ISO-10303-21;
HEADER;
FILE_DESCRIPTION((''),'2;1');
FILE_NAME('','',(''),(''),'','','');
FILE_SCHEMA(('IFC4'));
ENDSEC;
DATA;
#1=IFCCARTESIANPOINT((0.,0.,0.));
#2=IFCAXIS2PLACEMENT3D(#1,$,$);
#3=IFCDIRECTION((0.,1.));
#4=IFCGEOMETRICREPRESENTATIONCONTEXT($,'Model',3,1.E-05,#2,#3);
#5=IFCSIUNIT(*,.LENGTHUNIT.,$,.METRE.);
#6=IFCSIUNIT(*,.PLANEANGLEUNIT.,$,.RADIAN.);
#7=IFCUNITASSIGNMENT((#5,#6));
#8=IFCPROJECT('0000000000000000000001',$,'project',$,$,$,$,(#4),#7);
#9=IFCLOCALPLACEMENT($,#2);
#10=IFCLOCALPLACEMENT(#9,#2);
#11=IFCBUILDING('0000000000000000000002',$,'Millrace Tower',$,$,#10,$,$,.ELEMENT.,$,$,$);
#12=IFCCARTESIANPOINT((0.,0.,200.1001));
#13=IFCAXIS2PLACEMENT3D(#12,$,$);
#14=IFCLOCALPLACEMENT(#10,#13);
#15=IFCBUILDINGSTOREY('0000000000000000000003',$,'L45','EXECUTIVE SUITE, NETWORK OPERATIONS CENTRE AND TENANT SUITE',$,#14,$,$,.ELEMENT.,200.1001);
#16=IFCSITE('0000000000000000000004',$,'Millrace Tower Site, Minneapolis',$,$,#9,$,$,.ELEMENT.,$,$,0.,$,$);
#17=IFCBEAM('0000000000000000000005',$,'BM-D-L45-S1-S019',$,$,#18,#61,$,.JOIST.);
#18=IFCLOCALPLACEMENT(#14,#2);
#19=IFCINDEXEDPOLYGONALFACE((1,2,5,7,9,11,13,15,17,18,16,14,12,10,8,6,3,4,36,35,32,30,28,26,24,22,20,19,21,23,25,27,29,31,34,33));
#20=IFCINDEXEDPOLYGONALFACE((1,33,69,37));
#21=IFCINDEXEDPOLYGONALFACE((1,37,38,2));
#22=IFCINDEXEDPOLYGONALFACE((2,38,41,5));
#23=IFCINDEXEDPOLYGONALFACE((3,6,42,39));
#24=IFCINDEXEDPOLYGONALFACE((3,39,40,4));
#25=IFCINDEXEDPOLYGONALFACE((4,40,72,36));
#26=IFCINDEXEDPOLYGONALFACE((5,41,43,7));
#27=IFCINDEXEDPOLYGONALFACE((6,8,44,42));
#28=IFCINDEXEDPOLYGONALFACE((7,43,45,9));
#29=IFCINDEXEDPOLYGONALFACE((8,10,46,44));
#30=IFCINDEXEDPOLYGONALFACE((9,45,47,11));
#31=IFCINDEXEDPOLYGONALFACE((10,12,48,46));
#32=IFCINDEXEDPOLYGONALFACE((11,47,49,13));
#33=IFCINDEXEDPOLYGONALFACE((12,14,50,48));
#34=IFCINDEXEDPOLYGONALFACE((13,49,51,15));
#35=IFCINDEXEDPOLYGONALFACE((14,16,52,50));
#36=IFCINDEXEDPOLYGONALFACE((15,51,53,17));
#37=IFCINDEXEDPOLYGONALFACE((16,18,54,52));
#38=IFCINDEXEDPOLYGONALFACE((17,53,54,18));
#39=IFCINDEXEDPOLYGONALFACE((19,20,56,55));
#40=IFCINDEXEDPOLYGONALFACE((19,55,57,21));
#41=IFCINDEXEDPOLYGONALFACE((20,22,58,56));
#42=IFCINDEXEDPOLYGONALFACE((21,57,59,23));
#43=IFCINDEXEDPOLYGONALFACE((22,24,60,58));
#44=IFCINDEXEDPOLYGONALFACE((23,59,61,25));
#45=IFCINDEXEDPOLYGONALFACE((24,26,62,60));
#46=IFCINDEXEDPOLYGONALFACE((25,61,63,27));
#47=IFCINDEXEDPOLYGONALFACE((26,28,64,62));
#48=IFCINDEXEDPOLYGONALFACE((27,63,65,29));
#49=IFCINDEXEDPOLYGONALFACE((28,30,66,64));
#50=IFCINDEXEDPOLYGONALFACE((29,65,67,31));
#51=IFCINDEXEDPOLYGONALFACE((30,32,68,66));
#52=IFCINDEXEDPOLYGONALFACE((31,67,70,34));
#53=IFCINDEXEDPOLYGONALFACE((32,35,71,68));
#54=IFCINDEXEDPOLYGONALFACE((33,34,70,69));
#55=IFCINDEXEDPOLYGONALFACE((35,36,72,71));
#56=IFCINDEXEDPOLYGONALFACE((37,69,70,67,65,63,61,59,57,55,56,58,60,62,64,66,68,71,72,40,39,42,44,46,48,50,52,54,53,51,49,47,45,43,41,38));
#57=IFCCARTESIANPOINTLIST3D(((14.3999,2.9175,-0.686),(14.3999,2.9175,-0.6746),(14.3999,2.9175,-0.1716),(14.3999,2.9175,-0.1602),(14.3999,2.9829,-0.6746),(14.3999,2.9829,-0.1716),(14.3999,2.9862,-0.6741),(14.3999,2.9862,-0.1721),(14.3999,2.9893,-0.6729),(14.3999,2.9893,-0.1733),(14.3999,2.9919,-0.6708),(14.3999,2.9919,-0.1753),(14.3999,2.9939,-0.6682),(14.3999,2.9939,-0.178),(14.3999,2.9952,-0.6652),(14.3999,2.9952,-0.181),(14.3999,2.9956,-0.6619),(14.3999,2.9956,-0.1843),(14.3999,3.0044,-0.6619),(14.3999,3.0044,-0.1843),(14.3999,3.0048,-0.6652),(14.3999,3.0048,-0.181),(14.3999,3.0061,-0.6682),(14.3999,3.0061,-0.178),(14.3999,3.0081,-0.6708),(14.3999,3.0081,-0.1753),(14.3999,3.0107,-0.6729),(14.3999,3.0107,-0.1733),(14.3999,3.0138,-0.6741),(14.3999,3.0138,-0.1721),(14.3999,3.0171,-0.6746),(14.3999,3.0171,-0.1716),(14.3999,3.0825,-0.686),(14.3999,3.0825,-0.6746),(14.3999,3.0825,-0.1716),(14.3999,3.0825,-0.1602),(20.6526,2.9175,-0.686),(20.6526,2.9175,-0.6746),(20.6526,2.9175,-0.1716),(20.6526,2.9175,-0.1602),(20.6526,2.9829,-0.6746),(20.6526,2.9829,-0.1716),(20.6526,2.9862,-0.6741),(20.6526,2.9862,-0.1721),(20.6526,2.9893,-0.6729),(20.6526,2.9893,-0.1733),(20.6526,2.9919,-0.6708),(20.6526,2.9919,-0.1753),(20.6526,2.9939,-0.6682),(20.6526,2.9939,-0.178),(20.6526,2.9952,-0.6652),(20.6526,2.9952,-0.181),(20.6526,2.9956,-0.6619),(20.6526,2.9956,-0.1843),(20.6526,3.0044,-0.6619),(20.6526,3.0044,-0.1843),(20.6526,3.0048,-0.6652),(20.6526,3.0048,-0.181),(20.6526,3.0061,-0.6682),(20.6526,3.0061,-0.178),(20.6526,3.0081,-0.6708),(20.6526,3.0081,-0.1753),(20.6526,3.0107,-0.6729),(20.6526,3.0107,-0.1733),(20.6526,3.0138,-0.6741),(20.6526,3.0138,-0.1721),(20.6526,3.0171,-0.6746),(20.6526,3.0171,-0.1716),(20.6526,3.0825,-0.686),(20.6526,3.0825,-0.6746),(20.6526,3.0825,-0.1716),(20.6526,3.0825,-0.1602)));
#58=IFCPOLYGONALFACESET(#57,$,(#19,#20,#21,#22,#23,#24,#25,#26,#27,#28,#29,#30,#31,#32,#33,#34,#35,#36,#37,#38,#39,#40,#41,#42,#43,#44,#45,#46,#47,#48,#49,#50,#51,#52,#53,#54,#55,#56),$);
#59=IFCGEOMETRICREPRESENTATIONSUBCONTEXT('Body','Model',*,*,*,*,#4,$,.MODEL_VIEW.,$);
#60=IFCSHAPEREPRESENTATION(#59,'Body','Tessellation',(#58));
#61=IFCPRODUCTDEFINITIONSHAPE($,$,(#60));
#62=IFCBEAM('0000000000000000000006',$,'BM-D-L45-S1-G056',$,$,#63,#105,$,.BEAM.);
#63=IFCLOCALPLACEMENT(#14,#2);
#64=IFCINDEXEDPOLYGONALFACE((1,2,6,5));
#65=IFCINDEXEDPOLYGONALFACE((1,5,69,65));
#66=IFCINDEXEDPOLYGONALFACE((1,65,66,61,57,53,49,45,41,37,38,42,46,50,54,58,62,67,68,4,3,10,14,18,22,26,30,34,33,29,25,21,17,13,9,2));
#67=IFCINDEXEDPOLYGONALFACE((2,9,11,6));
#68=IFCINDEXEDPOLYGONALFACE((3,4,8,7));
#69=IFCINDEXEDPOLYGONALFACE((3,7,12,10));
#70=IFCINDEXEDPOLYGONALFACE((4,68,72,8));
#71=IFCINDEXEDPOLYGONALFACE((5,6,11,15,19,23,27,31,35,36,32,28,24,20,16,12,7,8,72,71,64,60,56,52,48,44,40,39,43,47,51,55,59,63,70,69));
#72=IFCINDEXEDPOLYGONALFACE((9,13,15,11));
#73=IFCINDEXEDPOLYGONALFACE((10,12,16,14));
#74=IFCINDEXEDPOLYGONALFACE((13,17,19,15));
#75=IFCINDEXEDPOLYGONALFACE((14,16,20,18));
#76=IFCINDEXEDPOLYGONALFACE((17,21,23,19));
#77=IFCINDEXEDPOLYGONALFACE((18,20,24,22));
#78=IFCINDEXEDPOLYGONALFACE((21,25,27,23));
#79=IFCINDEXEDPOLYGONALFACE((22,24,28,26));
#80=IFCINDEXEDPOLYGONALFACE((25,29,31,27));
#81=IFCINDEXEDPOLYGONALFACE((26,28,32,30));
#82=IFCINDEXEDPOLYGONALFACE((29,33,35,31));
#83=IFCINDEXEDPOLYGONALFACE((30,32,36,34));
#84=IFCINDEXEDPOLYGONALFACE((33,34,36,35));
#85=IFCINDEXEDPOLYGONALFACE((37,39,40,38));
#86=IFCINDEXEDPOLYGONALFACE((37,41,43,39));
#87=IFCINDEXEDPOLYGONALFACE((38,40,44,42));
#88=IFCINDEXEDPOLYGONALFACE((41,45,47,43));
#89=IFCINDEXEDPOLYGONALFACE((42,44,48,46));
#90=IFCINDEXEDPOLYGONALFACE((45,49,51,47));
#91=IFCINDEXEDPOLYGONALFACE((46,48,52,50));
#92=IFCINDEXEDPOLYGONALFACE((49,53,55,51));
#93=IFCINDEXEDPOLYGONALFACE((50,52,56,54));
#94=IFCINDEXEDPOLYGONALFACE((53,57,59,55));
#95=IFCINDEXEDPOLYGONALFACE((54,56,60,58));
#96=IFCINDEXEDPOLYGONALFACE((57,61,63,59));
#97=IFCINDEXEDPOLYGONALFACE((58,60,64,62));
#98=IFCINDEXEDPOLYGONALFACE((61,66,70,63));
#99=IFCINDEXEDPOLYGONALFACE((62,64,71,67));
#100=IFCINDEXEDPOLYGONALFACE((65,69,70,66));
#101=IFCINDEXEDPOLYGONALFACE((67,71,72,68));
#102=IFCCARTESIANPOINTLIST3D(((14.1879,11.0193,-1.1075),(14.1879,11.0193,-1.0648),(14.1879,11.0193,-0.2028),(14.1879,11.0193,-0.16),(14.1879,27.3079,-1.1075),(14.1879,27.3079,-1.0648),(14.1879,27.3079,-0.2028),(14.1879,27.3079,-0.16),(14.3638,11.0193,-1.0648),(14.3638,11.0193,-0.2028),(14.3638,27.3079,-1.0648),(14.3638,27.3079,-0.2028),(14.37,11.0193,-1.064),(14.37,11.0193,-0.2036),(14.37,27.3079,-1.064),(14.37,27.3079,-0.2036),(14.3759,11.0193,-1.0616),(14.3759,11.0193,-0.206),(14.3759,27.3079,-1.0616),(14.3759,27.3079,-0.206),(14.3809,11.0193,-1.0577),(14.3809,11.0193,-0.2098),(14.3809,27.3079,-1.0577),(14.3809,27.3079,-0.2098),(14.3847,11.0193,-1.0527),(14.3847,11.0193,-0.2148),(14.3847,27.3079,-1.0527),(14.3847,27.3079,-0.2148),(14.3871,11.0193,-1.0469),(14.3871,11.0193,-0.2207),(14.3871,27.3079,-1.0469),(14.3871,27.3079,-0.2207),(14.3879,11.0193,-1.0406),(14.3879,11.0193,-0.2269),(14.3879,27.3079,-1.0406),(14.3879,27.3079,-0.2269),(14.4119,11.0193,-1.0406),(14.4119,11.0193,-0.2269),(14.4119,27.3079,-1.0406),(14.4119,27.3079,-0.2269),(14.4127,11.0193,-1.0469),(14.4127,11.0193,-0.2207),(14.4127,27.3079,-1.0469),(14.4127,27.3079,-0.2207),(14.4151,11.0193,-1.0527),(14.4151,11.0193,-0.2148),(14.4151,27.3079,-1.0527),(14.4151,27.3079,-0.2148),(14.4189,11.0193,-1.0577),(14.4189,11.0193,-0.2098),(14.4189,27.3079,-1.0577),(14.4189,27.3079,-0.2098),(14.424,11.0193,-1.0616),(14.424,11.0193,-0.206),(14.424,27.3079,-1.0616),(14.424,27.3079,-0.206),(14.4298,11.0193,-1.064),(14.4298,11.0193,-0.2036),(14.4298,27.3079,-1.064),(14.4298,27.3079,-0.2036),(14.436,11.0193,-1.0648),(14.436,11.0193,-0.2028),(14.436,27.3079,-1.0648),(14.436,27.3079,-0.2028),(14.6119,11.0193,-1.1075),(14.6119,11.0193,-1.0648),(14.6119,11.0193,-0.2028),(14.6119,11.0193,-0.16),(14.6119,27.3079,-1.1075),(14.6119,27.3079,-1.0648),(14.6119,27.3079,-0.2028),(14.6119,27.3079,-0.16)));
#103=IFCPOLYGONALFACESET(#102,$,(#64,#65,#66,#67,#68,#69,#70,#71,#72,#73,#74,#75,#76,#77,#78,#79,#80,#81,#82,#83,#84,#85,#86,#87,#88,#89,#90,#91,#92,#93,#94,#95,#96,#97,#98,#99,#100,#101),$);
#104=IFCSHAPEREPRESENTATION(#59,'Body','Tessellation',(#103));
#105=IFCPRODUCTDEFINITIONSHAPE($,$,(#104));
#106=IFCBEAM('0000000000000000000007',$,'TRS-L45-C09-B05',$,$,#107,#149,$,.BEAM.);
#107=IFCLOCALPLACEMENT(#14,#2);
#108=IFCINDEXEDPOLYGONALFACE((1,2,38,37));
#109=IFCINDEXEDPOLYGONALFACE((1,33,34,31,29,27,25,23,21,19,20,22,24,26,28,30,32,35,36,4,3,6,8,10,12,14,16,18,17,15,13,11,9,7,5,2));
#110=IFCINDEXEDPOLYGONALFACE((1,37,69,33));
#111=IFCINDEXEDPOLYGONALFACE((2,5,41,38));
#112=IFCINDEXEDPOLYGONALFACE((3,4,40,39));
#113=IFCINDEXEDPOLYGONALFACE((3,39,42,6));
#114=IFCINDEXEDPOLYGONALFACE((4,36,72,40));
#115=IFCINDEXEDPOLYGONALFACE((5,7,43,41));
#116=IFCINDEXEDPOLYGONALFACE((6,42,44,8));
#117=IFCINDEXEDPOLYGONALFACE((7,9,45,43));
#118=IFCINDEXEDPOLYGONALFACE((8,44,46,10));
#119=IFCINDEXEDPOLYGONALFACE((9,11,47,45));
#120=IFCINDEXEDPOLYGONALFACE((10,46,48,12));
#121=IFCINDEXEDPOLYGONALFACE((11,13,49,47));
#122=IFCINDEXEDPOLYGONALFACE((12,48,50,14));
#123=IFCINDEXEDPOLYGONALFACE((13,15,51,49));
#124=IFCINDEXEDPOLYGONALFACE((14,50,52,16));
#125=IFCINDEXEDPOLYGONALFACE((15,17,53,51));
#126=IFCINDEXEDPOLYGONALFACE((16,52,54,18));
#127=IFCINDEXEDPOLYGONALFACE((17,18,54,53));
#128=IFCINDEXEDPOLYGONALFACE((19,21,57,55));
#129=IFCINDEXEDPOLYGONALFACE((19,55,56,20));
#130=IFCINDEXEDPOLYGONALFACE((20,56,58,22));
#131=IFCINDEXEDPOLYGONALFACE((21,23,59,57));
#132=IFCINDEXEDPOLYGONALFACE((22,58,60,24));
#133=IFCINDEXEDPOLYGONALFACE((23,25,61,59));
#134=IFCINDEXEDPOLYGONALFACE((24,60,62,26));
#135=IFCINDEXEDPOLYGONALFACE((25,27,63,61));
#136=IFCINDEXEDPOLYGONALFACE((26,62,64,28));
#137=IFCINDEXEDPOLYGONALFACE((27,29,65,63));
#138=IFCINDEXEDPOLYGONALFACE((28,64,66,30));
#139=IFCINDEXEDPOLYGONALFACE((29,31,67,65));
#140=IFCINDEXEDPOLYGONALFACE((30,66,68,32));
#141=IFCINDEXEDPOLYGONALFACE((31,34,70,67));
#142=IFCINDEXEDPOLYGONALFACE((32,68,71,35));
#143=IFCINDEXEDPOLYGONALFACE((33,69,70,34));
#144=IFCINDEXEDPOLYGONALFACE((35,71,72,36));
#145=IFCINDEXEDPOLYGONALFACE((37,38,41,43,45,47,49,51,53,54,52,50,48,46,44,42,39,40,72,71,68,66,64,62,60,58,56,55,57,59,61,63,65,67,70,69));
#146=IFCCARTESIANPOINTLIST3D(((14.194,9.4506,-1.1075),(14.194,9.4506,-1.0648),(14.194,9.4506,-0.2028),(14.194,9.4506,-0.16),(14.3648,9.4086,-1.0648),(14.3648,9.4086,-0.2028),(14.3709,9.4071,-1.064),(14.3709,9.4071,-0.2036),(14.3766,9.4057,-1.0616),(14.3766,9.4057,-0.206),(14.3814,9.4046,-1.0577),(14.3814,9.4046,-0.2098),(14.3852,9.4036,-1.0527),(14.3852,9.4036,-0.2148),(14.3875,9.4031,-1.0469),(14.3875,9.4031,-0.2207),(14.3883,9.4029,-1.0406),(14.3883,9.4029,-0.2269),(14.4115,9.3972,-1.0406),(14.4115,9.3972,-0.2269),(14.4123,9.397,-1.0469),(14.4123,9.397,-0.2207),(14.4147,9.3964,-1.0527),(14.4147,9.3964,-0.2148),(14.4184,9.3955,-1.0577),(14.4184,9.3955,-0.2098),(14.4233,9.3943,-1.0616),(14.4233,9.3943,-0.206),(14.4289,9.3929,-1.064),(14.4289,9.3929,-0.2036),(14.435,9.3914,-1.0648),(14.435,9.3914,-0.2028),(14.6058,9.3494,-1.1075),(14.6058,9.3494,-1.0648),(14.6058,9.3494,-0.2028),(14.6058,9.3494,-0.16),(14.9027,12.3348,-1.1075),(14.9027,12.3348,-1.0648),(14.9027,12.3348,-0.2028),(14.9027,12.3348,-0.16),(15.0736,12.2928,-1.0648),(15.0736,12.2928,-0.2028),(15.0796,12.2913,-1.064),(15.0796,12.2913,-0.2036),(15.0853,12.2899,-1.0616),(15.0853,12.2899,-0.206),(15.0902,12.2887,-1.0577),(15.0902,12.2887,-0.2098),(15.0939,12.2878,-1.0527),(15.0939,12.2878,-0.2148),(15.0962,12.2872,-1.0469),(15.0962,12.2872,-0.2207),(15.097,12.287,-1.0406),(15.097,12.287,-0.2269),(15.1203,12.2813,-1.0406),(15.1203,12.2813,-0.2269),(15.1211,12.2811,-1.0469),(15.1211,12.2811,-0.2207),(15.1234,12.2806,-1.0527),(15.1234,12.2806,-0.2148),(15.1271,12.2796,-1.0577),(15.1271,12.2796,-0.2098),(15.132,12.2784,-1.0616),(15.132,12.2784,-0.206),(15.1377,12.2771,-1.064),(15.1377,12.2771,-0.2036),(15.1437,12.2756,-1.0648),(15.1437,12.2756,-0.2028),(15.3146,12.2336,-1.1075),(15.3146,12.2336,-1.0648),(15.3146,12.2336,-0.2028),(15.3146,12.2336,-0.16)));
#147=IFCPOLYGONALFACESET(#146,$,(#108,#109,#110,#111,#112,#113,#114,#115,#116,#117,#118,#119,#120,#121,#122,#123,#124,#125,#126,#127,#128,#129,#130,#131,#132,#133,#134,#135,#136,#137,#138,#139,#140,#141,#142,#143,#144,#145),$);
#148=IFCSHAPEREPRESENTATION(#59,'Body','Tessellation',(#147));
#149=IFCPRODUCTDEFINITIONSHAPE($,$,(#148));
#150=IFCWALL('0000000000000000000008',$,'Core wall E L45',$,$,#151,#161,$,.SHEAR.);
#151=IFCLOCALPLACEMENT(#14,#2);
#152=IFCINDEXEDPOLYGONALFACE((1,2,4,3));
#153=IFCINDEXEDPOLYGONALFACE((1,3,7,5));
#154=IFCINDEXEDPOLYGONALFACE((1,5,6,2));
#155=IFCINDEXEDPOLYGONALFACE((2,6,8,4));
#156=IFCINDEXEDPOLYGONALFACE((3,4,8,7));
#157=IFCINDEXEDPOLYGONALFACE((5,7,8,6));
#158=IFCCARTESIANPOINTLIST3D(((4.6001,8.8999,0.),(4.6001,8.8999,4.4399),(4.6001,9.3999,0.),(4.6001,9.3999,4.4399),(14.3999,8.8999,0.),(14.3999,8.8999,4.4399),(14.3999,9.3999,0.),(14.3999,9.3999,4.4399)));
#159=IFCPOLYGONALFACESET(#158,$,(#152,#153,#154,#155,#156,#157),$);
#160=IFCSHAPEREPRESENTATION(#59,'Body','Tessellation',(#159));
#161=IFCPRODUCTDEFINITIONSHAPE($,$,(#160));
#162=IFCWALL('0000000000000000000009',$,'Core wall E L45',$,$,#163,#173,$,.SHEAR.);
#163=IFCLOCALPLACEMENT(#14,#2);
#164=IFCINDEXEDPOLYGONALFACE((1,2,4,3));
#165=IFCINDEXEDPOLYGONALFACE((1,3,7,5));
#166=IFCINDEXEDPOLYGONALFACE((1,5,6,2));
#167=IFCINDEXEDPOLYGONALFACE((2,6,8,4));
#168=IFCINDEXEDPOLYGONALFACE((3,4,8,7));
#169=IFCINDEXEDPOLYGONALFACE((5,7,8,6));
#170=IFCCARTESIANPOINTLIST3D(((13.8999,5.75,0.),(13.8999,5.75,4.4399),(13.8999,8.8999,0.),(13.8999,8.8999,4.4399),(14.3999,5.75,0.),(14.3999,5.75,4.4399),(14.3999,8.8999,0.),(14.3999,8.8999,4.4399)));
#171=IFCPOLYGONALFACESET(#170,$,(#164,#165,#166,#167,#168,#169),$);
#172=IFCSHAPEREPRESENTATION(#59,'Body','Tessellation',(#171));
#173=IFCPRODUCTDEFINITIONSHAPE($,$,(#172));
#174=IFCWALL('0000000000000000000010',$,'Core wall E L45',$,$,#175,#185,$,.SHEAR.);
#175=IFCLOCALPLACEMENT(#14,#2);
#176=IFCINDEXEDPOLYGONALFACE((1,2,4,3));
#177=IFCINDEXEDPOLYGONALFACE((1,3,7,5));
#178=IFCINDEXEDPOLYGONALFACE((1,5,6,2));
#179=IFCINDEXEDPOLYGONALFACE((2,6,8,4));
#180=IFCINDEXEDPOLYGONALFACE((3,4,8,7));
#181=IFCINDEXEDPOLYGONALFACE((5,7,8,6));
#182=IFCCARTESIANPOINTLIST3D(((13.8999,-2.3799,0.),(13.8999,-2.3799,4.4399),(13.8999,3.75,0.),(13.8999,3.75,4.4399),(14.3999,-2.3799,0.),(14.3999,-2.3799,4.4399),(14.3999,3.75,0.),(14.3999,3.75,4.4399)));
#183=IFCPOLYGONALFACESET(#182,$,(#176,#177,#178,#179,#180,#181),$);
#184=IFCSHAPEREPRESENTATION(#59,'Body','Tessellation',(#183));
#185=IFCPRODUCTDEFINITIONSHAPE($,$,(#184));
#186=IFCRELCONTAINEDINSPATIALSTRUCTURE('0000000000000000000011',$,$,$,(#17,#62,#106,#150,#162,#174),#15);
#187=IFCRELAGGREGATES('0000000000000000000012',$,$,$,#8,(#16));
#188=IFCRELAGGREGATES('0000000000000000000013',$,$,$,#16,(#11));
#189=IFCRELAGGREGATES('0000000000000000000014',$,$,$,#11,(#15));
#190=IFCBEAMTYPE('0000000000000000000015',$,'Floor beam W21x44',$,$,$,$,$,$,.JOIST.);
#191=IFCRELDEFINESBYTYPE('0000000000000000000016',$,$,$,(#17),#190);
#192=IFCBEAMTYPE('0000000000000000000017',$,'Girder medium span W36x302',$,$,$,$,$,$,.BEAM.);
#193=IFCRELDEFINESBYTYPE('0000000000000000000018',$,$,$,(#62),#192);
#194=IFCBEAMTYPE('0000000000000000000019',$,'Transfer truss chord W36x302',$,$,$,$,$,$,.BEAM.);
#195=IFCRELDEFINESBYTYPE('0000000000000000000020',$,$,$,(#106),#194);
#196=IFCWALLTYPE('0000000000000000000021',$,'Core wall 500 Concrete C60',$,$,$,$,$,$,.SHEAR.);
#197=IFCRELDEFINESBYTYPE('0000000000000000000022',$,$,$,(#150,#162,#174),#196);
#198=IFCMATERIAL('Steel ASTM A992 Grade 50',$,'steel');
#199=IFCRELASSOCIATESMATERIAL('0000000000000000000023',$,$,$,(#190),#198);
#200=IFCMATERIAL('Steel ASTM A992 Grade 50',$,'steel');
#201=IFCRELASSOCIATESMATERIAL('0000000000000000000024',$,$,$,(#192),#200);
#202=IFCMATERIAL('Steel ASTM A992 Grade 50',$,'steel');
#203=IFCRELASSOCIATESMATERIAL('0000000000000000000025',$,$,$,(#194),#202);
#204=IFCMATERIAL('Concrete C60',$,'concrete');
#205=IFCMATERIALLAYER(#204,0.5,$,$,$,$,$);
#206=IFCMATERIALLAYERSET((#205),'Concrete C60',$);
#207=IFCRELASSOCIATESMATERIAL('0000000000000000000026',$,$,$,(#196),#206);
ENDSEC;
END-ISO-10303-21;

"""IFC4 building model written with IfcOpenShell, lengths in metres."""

from ifc_helpers import new_model, si_unit, direction, frame, frame_2d, origin, origin_2d, place, context, subcontext, project, spatial, rectangle, i_section, extrude, material, layer, layer_set, material_profile, profile_set, type_object, element, save


model = new_model("IFC4")

# Units and contexts
model_context = context("Model", 3, precision=1e-05, world=origin(), true_north=direction((0.0, 1.0)))
body_context = subcontext(model_context, "Body", "Model", "MODEL_VIEW")
ifc_project = project(units=[si_unit("LENGTHUNIT", "METRE"), si_unit("PLANEANGLEUNIT", "RADIAN")], contexts=[model_context])

# Site, building, storey
site_placement = place(None, origin())
site = spatial("IfcSite", under=ifc_project, at=site_placement, Name="Millrace Tower Site, Minneapolis", CompositionType="ELEMENT", RefElevation=0.0)
building_placement = place(site_placement, origin())
building = spatial("IfcBuilding", under=site, at=building_placement, Name="Millrace Tower", CompositionType="ELEMENT")
storey_placement = place(building_placement, frame((0.0, 0.0, 200.1001)))
storey = spatial("IfcBuildingStorey", under=building, at=storey_placement, Name="L45", Description="EXECUTIVE SUITE, NETWORK OPERATIONS CENTRE AND TENANT SUITE", CompositionType="ELEMENT", Elevation=200.1001)

# Beams
ifc_material_1 = material(Name="Steel ASTM A992 Grade 50", Category="steel")
ifc_material_profile_1 = material_profile(ifc_material_1, i_section(OverallWidth=0.165, OverallDepth=0.5259, WebThickness=0.0088, FlangeThickness=0.0115, FilletRadius=0.0127, at=origin_2d()))
ifc_profile_set_1 = profile_set([ifc_material_profile_1], Name="Steel ASTM A992 Grade 50")
beam_type_1 = type_object("IfcBeamType", Name="Floor beam W21x44", PredefinedType="JOIST", material=ifc_profile_set_1)
beam_1_placement = place(storey_placement, frame((14.3999, 3.0, -0.4231), z_axis=(1.0, 0.0, 0.0), x_axis=(0.0, 1.0, 0.0)))
element("IfcBeam", 1, at=beam_1_placement, inside=storey, type_object=beam_type_1, Name="BM-D-L45-S1-S019", PredefinedType="JOIST", context=body_context, shape_type="SweptSolid", body=[
    extrude(i_section(OverallWidth=0.165, OverallDepth=0.5259, WebThickness=0.0088, FlangeThickness=0.0115, FilletRadius=0.0127, at=origin_2d()), origin(), (0.0, 0.0, 1.0), 6.2527),
])
ifc_material_2 = material(Name="Steel ASTM A992 Grade 50", Category="steel")
ifc_material_profile_2 = material_profile(ifc_material_2, i_section(OverallWidth=0.4241, OverallDepth=0.9475, WebThickness=0.0239, FlangeThickness=0.0427, FilletRadius=0.0242, at=origin_2d()))
ifc_profile_set_2 = profile_set([ifc_material_profile_2], Name="Steel ASTM A992 Grade 50")
beam_type_2 = type_object("IfcBeamType", Name="Girder medium span W36x302", PredefinedType="BEAM", material=ifc_profile_set_2)
beam_2_placement = place(storey_placement, frame((14.3999, 11.0193, -0.6338), z_axis=(0.0, 1.0, 0.0), x_axis=(-1.0, 0.0, 0.0)))
element("IfcBeam", 2, at=beam_2_placement, inside=storey, type_object=beam_type_2, Name="BM-D-L45-S1-G056", PredefinedType="BEAM", context=body_context, shape_type="SweptSolid", body=[
    extrude(i_section(OverallWidth=0.4241, OverallDepth=0.9475, WebThickness=0.0239, FlangeThickness=0.0427, FilletRadius=0.0242, at=origin_2d()), origin(), (0.0, 0.0, 1.0), 16.2886),
])
ifc_material_3 = material(Name="Steel ASTM A992 Grade 50", Category="steel")
ifc_material_profile_3 = material_profile(ifc_material_3, i_section(OverallWidth=0.4241, OverallDepth=0.9475, WebThickness=0.0239, FlangeThickness=0.0427, FilletRadius=0.0242, at=origin_2d()))
ifc_profile_set_3 = profile_set([ifc_material_profile_3], Name="Steel ASTM A992 Grade 50")
beam_type_3 = type_object("IfcBeamType", Name="Transfer truss chord W36x302", PredefinedType="BEAM", material=ifc_profile_set_3)
beam_3_placement = place(storey_placement, frame((15.1086, 12.2842, -0.6338), z_axis=(-0.238627, -0.971111, 0.0), x_axis=(0.971111, -0.238627, 0.0)))
element("IfcBeam", 3, at=beam_3_placement, inside=storey, type_object=beam_type_3, Name="TRS-L45-C09-B05", PredefinedType="BEAM", context=body_context, shape_type="SweptSolid", body=[
    extrude(i_section(OverallWidth=0.4241, OverallDepth=0.9475, WebThickness=0.0239, FlangeThickness=0.0427, FilletRadius=0.0242, at=origin_2d()), origin(), (0.0, 0.0, 1.0), 2.97),
])

# Walls
ifc_material_4 = material(Name="Concrete C60", Category="concrete")
ifc_layer_1 = layer(ifc_material_4, 0.5)
ifc_layer_set_1 = layer_set([ifc_layer_1], Name="Concrete C60")
wall_type_1 = type_object("IfcWallType", Name="Core wall 500 Concrete C60", PredefinedType="SHEAR", material=ifc_layer_set_1)
wall_1_placement = place(storey_placement, frame((14.3999, 9.1499, 0.0), z_axis=(0.0, 0.0, 1.0), x_axis=(-1.0, 0.0, 0.0)))
element("IfcWall", 4, at=wall_1_placement, inside=storey, type_object=wall_type_1, Name="Core wall E L45", PredefinedType="SHEAR", context=body_context, shape_type="SweptSolid", body=[
    extrude(rectangle(XDim=9.7998, YDim=0.5, at=frame_2d((4.8999, 0.0))), origin(), (0.0, 0.0, 1.0), 4.4399),
])
wall_2_placement = place(storey_placement, frame((14.1499, 8.8999, 0.0), z_axis=(0.0, 0.0, 1.0), x_axis=(0.0, -1.0, 0.0)))
element("IfcWall", 5, at=wall_2_placement, inside=storey, type_object=wall_type_1, Name="Core wall E L45", PredefinedType="SHEAR", context=body_context, shape_type="SweptSolid", body=[
    extrude(rectangle(XDim=3.1499, YDim=0.5, at=frame_2d((1.575, 0.0))), origin(), (0.0, 0.0, 1.0), 4.4399),
])
wall_3_placement = place(storey_placement, frame((14.1499, 3.75, 0.0), z_axis=(0.0, 0.0, 1.0), x_axis=(0.0, -1.0, 0.0)))
element("IfcWall", 6, at=wall_3_placement, inside=storey, type_object=wall_type_1, Name="Core wall E L45", PredefinedType="SHEAR", context=body_context, shape_type="SweptSolid", body=[
    extrude(rectangle(XDim=6.1299, YDim=0.5, at=frame_2d((3.0649, 0.0))), origin(), (0.0, 0.0, 1.0), 4.4399),
])

save(model, "model.ifc")
